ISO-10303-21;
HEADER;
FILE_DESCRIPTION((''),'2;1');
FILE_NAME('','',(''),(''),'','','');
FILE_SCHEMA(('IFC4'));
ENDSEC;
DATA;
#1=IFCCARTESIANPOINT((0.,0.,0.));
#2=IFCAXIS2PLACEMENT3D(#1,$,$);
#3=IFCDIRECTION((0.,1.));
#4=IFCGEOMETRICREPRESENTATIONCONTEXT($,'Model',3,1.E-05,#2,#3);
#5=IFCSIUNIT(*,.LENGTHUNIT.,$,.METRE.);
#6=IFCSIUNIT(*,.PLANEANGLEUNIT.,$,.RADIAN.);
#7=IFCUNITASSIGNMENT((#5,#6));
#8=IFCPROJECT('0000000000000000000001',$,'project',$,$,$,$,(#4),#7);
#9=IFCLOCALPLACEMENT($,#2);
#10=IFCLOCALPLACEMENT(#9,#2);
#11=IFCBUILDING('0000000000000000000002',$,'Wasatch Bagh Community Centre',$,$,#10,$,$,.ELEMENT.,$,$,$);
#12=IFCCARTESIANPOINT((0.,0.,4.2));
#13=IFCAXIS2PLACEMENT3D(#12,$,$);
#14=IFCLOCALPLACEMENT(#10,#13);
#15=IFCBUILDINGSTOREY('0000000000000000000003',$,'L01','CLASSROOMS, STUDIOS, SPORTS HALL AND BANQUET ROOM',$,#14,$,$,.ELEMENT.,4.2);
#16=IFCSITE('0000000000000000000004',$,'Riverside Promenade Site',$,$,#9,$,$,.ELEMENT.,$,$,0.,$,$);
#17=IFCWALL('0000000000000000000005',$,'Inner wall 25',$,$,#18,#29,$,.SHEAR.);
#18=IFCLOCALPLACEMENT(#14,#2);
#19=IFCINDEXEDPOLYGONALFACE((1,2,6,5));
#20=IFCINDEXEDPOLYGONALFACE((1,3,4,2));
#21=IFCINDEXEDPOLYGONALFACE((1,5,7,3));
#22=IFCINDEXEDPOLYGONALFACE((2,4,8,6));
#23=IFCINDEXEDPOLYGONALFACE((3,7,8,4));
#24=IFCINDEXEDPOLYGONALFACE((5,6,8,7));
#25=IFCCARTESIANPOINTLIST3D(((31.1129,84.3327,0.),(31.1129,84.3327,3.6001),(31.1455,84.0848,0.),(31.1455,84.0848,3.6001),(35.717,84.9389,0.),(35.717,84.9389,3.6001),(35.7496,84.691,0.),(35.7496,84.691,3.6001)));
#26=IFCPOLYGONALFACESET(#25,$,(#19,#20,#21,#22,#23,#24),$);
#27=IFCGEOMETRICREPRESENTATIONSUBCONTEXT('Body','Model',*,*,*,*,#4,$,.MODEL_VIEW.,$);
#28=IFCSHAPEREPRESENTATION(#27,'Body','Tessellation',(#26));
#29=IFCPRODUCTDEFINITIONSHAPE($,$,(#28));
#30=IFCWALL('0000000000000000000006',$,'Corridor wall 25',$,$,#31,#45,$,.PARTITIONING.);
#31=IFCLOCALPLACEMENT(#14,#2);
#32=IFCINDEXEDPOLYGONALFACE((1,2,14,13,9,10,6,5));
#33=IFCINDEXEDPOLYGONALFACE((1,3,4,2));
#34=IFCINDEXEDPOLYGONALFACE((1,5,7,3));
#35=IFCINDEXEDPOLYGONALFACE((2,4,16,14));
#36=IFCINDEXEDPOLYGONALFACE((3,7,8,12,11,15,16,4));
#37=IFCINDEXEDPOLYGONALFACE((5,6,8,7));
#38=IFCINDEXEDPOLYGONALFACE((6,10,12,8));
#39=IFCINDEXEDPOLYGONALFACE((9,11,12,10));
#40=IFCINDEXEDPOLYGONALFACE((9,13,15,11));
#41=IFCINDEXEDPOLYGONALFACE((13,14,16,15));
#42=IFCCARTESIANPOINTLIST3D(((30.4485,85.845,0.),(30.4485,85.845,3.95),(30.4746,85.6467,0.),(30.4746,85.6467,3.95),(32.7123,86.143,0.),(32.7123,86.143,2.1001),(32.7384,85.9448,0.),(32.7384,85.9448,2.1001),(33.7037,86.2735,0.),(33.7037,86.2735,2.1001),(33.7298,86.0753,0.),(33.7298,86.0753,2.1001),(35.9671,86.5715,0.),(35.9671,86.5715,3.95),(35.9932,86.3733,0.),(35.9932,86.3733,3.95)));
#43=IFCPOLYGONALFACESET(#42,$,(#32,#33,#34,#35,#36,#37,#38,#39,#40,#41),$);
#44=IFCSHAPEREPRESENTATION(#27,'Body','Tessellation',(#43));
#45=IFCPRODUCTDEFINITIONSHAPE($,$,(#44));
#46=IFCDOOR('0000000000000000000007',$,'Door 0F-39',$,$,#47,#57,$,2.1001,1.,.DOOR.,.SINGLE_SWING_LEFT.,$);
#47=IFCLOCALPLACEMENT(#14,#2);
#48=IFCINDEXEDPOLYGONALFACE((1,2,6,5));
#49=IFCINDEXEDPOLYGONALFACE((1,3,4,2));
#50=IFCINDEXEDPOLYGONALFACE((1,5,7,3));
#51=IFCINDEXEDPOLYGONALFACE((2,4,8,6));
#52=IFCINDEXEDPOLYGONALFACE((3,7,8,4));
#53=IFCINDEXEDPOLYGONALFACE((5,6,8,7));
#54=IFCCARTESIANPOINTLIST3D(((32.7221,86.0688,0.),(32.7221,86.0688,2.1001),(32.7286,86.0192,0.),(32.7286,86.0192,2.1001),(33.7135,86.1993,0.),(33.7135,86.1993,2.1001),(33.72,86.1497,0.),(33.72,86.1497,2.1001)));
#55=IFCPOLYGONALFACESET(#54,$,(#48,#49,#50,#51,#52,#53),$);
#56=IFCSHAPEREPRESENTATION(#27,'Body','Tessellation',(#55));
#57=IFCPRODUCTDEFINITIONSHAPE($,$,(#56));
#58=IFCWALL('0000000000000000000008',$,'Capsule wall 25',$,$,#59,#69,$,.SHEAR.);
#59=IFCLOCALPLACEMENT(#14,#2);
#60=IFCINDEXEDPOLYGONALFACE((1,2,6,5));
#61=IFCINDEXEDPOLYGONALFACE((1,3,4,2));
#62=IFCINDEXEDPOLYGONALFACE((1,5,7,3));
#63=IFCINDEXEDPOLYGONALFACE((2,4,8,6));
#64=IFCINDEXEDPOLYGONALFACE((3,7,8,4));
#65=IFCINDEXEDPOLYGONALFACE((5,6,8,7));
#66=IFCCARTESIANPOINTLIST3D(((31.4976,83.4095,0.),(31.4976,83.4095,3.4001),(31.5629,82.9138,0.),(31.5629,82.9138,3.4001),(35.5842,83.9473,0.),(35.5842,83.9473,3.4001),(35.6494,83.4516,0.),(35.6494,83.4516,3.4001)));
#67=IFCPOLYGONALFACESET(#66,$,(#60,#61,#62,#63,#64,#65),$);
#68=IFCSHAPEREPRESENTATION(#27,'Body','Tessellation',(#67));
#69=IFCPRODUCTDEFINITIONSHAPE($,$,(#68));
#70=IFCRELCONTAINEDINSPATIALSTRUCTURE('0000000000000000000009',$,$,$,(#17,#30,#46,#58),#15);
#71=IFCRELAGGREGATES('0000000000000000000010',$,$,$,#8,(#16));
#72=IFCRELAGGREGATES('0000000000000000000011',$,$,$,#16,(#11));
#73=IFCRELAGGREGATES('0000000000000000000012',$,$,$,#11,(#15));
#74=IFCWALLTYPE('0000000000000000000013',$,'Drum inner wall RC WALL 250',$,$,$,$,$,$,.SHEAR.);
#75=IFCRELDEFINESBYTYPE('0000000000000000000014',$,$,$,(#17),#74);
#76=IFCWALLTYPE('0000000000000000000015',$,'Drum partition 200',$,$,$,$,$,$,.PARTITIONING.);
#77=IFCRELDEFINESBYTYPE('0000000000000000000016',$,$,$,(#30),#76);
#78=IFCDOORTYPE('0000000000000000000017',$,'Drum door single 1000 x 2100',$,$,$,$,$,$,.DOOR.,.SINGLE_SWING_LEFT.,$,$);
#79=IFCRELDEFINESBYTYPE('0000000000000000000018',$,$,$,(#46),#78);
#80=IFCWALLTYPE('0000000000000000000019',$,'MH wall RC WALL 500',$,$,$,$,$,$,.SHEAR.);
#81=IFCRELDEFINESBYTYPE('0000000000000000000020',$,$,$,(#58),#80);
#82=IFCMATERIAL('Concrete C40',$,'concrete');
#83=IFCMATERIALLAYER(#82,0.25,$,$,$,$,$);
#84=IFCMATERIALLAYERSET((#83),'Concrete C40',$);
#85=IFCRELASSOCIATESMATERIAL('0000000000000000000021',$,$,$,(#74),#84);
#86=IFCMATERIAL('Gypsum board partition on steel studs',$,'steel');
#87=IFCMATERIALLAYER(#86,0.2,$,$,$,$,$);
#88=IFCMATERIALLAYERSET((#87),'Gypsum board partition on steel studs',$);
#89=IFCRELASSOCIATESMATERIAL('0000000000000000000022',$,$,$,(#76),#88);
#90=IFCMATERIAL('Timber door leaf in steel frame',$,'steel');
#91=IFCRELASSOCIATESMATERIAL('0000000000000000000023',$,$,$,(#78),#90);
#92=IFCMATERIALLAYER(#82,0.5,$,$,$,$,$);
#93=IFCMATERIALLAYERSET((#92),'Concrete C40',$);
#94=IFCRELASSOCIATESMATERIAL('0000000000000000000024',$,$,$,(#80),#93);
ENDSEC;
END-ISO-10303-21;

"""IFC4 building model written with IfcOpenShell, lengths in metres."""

from ifc_helpers import new_model, si_unit, direction, frame, frame_2d, origin, place, context, subcontext, project, spatial, rectangle, extrude, material, layer, layer_set, type_object, element, fill, save


model = new_model("IFC4")

# Units and contexts
model_context = context("Model", 3, precision=1e-05, world=origin(), true_north=direction((0.0, 1.0)))
body_context = subcontext(model_context, "Body", "Model", "MODEL_VIEW")
ifc_project = project(units=[si_unit("LENGTHUNIT", "METRE"), si_unit("PLANEANGLEUNIT", "RADIAN")], contexts=[model_context])

# Site, building, storey
site_placement = place(None, origin())
site = spatial("IfcSite", under=ifc_project, at=site_placement, Name="Riverside Promenade Site", CompositionType="ELEMENT", RefElevation=0.0)
building_placement = place(site_placement, origin())
building = spatial("IfcBuilding", under=site, at=building_placement, Name="Wasatch Bagh Community Centre", CompositionType="ELEMENT")
storey_placement = place(building_placement, frame((0.0, 0.0, 4.2)))
storey = spatial("IfcBuildingStorey", under=building, at=storey_placement, Name="L01", Description="CLASSROOMS, STUDIOS, SPORTS HALL AND BANQUET ROOM", CompositionType="ELEMENT", Elevation=4.2)

# Shared definitions
ifc_material_1 = material(Name="Concrete C40", Category="concrete")

# Wall
ifc_layer_1 = layer(ifc_material_1, 0.25)
ifc_layer_set_1 = layer_set([ifc_layer_1], Name="Concrete C40")
wall_type_1 = type_object("IfcWallType", Name="Drum inner wall RC WALL 250", PredefinedType="SHEAR", material=ifc_layer_set_1)
wall_1_placement = place(storey_placement, frame((35.7332, 84.8149, 0.0), z_axis=(0.0, 0.0, 1.0), x_axis=(-0.991443, -0.130542, 0.0)))
element("IfcWall", 1, at=wall_1_placement, inside=storey, type_object=wall_type_1, Name="Inner wall 25", PredefinedType="SHEAR", context=body_context, shape_type="SweptSolid", body=[
    extrude(rectangle(XDim=4.6438, YDim=0.25, at=frame_2d((2.3218, 0.0))), origin(), (0.0, 0.0, 1.0), 3.6001),
])

# Wall, opening, door
ifc_material_2 = material(Name="Gypsum board partition on steel studs", Category="steel")
ifc_layer_2 = layer(ifc_material_2, 0.2)
ifc_layer_set_2 = layer_set([ifc_layer_2], Name="Gypsum board partition on steel studs")
wall_type_2 = type_object("IfcWallType", Name="Drum partition 200", PredefinedType="PARTITIONING", material=ifc_layer_set_2)
wall_2_placement = place(storey_placement, frame((35.9802, 86.4724, 0.0), z_axis=(0.0, 0.0, 1.0), x_axis=(-0.991444, -0.130532, 0.0)))
wall_2 = element("IfcWall", 2, at=wall_2_placement, inside=storey, type_object=wall_type_2, Name="Corridor wall 25", PredefinedType="PARTITIONING", context=body_context, shape_type="SweptSolid", body=[
    extrude(rectangle(XDim=5.5662, YDim=0.2, at=frame_2d((2.7832, 0.0))), origin(), (0.0, 0.0, 1.0), 3.95),
])
opening_placement = place(wall_2_placement, frame((2.283, 0.0, 0.0)))
opening = element("IfcOpeningElement", 3, at=opening_placement, cuts=wall_2, PredefinedType="OPENING", context=body_context, shape_type="SweptSolid", body=[
    extrude(rectangle(XDim=1.0, YDim=2.1001, at=frame_2d((0.5, 1.05))), frame((0.0, 0.1099, 0.0), z_axis=(0.0, -1.0, 0.0), x_axis=(1.0, 0.0, 0.0)), (0.0, 0.0, 1.0), 0.22),
])
ifc_material_3 = material(Name="Timber door leaf in steel frame", Category="steel")
door_type = type_object("IfcDoorType", Name="Drum door single 1000 x 2100", OperationType="SINGLE_SWING_LEFT", PredefinedType="DOOR", material=ifc_material_3)
door_placement = place(opening_placement, origin())
door = element("IfcDoor", 4, at=door_placement, inside=storey, type_object=door_type, Name="Door 0F-39", OperationType="SINGLE_SWING_LEFT", OverallHeight=2.1001, OverallWidth=1.0, PredefinedType="DOOR", context=body_context, shape_type="SweptSolid", body=[
    extrude(rectangle(XDim=1.0, YDim=2.1001, at=frame_2d((0.5, 1.05))), frame((0.0, 0.0249, 0.0), z_axis=(0.0, -1.0, 0.0), x_axis=(1.0, 0.0, 0.0)), (0.0, 0.0, 1.0), 0.05),
])
fill(opening, door)

# Wall
ifc_layer_3 = layer(ifc_material_1, 0.5)
ifc_layer_set_3 = layer_set([ifc_layer_3], Name="Concrete C40")
wall_type_3 = type_object("IfcWallType", Name="MH wall RC WALL 500", PredefinedType="SHEAR", material=ifc_layer_set_3)
wall_3_placement = place(storey_placement, frame((35.6169, 83.6995, 0.0), z_axis=(0.0, 0.0, 1.0), x_axis=(-0.99145, -0.130484, 0.0)))
element("IfcWall", 5, at=wall_3_placement, inside=storey, type_object=wall_type_3, Name="Capsule wall 25", PredefinedType="SHEAR", context=body_context, shape_type="SweptSolid", body=[
    extrude(rectangle(XDim=4.1218, YDim=0.5, at=frame_2d((2.061, 0.0))), origin(), (0.0, 0.0, 1.0), 3.4001),
])

save(model, "model.ifc")
